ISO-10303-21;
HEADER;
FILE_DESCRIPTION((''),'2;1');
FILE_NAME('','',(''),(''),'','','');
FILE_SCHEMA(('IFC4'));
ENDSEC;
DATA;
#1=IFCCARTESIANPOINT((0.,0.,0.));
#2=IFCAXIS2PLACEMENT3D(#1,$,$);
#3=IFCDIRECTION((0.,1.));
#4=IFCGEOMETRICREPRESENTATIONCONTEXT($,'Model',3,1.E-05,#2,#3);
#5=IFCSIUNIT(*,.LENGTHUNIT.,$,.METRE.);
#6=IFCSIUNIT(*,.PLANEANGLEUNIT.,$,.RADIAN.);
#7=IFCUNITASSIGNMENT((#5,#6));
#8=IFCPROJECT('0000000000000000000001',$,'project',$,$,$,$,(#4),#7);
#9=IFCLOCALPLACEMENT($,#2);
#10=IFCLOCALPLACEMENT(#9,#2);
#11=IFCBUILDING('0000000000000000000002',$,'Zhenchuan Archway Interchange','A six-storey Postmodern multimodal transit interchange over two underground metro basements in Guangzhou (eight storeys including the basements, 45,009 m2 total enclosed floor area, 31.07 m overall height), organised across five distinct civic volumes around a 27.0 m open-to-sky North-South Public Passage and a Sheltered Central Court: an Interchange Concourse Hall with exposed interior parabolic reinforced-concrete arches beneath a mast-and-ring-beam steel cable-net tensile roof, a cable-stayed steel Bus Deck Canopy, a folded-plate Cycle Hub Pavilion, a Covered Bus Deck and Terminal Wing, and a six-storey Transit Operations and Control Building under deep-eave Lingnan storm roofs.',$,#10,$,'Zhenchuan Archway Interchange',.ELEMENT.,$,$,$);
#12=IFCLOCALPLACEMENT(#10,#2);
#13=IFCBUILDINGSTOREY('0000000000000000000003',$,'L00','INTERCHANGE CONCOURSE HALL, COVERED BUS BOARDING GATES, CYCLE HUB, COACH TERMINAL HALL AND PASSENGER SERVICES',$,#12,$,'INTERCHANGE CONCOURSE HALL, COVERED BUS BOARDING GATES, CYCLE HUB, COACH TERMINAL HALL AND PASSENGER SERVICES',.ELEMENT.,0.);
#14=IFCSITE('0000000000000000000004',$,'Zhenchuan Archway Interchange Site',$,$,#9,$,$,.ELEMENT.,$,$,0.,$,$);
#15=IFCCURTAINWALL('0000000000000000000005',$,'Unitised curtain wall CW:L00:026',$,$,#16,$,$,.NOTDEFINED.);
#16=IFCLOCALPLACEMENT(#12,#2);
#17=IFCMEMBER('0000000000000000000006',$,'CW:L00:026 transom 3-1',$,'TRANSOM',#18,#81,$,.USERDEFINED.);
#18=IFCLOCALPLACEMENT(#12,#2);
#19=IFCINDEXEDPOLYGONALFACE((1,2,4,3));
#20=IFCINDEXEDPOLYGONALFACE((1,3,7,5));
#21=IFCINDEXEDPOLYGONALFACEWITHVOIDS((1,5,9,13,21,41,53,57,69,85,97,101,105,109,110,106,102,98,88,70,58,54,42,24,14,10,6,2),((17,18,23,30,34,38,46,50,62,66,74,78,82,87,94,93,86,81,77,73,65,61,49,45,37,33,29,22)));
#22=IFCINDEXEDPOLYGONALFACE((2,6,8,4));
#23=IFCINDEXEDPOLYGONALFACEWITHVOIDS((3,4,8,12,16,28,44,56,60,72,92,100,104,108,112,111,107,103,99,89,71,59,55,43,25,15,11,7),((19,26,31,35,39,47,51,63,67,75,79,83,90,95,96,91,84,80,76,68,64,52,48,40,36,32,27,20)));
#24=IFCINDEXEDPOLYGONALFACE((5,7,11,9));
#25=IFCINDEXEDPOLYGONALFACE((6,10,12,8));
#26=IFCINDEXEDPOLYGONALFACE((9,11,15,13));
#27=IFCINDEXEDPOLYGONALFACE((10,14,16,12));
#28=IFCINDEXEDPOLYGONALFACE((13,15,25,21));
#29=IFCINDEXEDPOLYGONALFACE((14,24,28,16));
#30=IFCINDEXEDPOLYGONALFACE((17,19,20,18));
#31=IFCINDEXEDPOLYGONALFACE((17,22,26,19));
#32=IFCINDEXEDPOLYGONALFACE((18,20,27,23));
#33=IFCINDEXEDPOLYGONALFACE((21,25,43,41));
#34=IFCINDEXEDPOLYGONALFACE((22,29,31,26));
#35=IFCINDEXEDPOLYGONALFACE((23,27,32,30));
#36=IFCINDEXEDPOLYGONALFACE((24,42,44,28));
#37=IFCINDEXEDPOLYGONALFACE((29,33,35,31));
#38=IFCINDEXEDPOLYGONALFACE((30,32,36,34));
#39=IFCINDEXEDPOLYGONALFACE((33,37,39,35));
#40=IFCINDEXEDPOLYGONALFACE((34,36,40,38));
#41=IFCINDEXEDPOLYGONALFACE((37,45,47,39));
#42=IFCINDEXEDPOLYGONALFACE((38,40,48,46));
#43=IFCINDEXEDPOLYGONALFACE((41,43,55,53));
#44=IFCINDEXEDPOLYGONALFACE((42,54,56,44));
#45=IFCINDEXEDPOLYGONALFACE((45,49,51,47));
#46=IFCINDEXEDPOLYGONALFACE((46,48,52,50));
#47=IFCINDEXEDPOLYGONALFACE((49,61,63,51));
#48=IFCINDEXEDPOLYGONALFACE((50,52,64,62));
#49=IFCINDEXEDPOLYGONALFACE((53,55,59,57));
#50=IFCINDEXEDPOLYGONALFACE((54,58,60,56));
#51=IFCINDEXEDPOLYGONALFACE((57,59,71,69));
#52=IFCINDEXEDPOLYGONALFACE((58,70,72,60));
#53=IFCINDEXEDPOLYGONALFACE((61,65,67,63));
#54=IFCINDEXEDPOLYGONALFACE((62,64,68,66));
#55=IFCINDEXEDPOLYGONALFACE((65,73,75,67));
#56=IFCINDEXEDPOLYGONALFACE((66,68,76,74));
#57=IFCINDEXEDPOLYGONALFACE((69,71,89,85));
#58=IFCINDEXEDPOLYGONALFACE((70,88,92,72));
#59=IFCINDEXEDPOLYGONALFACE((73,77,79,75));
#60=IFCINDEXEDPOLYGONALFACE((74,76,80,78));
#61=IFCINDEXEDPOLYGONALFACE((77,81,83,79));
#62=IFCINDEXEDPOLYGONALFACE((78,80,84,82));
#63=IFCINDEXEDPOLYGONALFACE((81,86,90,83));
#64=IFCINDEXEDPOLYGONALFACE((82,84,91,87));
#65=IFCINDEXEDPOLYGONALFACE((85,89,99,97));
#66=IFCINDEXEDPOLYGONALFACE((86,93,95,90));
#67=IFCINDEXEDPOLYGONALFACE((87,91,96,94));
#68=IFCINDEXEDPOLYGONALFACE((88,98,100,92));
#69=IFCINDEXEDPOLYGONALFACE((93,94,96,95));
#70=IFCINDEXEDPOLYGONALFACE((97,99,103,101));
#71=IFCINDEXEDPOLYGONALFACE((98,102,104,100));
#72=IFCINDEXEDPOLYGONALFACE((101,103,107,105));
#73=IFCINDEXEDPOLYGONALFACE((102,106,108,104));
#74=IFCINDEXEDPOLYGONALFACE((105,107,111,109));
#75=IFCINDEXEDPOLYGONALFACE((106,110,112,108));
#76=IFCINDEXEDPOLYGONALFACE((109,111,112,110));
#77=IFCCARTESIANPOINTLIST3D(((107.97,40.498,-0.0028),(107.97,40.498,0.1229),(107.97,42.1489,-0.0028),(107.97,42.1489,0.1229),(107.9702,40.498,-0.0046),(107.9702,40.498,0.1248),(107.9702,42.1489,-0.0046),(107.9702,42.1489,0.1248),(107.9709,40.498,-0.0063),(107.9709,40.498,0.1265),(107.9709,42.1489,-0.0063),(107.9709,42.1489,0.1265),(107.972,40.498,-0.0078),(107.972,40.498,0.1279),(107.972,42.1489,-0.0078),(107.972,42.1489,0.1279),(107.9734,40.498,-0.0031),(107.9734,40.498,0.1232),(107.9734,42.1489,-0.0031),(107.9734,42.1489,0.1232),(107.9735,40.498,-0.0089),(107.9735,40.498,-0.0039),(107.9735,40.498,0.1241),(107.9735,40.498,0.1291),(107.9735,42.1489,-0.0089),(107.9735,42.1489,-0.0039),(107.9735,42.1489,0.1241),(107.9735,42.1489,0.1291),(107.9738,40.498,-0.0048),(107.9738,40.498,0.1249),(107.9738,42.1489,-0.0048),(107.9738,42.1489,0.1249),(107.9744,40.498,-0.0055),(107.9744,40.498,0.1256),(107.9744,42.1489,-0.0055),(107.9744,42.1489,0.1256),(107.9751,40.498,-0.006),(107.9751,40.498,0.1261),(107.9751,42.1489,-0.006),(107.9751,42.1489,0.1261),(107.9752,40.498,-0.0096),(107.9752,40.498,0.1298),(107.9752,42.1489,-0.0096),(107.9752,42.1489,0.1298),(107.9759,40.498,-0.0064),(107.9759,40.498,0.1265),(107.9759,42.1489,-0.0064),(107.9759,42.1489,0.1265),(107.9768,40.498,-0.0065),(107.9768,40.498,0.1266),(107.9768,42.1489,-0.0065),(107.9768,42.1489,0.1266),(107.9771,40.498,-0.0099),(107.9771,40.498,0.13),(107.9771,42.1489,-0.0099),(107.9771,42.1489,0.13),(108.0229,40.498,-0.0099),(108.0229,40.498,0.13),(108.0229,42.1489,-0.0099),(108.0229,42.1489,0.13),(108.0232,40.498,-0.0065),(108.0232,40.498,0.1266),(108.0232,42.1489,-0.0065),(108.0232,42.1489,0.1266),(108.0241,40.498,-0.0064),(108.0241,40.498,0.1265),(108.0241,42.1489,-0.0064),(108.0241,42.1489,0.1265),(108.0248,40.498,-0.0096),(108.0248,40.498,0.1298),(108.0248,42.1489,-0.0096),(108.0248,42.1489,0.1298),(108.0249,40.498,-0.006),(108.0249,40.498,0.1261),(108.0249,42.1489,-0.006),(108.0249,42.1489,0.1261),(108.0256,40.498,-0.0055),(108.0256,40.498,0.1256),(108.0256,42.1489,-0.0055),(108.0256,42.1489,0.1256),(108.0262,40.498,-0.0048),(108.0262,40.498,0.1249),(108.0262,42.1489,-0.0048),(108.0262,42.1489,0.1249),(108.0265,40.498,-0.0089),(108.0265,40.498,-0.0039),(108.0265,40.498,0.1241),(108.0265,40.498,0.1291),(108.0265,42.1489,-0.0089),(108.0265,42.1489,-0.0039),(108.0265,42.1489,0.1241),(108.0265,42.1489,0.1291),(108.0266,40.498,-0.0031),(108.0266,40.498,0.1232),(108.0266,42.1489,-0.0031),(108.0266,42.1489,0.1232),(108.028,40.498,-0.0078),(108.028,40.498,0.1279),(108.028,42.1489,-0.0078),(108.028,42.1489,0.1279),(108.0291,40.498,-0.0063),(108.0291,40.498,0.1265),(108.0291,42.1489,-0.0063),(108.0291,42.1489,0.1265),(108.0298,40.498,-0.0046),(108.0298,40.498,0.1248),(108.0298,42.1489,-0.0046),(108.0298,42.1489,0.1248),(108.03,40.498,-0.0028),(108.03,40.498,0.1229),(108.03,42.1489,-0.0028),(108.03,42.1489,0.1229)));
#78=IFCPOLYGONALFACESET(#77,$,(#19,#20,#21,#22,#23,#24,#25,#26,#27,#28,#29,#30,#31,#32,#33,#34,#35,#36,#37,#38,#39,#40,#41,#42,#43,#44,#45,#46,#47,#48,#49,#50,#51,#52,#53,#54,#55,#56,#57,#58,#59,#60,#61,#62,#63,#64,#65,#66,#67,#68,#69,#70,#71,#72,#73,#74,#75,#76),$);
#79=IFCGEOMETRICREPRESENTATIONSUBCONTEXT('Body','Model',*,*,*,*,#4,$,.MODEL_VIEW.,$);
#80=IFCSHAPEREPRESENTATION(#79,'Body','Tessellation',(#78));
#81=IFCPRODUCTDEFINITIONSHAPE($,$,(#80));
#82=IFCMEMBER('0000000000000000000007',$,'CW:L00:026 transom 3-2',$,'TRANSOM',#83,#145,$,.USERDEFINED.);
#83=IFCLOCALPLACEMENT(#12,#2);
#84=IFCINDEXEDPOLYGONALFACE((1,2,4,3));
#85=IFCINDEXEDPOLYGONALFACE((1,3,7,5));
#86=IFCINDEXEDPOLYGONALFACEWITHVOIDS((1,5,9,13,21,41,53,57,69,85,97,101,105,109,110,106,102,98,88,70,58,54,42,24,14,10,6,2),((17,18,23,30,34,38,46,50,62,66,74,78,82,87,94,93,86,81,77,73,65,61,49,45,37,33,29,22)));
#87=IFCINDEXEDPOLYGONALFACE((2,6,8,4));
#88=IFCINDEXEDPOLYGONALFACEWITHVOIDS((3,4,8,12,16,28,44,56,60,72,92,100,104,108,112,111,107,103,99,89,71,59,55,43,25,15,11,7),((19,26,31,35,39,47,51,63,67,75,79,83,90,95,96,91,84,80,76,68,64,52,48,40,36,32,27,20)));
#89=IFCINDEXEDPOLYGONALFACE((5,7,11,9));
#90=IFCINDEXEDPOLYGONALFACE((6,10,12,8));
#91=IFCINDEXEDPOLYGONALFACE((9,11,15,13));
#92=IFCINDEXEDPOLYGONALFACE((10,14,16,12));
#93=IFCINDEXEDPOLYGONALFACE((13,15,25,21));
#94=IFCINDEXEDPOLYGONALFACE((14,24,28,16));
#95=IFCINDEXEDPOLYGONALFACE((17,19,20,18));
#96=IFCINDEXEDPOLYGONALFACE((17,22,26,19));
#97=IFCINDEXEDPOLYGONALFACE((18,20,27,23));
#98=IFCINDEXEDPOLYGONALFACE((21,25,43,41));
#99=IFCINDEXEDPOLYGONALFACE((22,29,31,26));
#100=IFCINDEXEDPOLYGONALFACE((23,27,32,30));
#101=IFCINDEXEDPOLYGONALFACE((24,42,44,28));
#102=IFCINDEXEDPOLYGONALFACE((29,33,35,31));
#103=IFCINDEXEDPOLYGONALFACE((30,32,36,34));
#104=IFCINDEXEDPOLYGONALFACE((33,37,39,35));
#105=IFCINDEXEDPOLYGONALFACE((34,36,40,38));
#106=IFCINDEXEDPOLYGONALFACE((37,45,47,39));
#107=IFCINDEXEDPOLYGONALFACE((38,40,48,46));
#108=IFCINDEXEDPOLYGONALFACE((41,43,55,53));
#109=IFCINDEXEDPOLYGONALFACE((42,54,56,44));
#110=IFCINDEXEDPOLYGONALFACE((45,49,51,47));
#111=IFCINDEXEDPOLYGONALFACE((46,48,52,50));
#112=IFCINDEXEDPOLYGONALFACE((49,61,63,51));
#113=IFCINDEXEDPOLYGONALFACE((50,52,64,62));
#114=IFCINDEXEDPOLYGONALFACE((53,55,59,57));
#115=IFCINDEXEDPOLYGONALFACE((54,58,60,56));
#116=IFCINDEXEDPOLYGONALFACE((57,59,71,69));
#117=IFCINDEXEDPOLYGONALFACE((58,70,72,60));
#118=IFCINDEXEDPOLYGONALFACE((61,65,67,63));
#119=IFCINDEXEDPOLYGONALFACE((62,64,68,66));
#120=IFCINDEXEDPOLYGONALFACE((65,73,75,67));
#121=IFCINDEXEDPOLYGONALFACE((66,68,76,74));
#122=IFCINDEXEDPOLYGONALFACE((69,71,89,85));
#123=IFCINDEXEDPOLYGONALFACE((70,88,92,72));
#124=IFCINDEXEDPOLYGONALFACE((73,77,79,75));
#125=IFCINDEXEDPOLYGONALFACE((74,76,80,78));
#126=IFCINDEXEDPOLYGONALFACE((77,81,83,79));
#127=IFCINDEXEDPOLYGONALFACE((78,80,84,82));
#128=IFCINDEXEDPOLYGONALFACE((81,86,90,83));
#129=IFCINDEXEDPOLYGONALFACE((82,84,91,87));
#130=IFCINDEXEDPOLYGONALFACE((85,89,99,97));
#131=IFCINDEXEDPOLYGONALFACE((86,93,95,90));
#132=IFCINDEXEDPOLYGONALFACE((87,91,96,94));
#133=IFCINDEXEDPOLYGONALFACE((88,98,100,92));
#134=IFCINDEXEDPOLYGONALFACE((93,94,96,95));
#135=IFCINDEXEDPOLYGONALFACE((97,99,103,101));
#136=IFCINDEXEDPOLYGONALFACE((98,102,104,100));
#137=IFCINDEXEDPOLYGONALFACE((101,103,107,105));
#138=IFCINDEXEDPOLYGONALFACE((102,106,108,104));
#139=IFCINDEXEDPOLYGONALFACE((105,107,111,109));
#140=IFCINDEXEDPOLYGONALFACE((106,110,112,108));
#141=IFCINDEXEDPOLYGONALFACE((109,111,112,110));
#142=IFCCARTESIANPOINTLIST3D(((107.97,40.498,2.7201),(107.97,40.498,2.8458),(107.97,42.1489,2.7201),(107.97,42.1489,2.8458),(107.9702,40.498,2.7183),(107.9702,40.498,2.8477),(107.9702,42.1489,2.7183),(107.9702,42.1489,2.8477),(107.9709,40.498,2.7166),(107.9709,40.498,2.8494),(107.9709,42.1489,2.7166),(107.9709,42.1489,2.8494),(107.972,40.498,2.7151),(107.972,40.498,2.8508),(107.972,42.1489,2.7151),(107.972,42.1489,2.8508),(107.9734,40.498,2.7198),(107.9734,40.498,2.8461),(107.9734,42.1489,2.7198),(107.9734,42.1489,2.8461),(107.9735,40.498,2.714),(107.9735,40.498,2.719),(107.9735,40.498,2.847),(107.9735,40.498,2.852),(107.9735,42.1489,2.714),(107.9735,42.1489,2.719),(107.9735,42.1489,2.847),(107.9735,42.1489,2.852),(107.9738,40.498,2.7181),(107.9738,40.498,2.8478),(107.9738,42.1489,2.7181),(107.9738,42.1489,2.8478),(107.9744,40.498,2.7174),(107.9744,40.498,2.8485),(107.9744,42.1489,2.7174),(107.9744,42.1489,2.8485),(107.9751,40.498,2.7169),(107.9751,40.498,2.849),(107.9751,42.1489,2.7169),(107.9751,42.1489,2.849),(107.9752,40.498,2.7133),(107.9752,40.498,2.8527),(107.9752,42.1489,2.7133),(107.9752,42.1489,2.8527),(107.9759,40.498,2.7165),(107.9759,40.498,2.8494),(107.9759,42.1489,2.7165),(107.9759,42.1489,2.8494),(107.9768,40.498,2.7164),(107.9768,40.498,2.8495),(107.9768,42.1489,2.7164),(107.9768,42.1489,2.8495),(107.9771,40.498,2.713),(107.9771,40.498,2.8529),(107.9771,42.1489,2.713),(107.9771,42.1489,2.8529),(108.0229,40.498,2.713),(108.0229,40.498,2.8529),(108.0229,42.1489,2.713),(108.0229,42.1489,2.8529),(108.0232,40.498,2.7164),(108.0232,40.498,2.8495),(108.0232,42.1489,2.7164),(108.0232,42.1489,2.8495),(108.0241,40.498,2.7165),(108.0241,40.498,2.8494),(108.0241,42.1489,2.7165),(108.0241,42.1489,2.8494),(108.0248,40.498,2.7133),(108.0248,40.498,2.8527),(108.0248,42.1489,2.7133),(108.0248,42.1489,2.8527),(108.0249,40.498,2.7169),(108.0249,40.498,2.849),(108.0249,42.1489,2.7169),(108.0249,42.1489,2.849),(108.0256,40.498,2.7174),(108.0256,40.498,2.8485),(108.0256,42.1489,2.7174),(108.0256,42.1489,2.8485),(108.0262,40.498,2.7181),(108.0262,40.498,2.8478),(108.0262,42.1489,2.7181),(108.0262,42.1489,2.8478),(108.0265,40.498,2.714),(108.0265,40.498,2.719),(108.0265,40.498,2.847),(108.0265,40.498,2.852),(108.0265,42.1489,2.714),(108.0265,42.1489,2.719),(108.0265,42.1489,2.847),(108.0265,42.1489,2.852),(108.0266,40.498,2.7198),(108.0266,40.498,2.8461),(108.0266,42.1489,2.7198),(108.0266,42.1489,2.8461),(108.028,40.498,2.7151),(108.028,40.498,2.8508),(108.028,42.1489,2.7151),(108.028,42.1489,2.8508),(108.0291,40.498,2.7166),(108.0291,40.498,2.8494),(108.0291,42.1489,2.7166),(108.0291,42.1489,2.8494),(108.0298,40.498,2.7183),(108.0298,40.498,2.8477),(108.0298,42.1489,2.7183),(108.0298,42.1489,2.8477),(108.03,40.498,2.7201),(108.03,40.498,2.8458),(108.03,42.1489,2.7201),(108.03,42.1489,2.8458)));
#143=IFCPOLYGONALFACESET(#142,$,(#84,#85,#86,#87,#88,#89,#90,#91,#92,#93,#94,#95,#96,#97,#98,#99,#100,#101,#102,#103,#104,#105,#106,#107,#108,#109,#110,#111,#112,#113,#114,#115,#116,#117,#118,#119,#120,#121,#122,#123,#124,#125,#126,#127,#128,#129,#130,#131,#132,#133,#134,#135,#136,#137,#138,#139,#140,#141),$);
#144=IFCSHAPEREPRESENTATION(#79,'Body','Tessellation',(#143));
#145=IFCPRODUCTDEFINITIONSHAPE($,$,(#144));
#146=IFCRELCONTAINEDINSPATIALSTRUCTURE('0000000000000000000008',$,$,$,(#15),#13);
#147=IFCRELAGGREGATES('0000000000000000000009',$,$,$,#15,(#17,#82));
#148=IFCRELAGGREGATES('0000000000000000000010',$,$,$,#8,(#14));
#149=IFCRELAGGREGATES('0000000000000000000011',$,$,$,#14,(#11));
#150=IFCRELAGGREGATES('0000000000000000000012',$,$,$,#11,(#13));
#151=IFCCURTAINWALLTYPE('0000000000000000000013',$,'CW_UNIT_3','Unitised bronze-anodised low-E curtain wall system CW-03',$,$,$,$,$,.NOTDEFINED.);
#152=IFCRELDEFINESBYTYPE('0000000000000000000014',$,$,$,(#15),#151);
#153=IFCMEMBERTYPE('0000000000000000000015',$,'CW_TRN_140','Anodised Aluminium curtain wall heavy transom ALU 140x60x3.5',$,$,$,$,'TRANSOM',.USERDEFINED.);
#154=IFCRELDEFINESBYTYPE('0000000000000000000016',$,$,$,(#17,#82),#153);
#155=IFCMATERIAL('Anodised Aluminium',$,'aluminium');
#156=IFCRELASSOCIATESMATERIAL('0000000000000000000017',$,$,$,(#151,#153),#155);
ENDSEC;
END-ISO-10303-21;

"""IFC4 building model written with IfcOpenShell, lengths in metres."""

from ifc_helpers import new_model, si_unit, direction, frame, origin, origin_2d, place, context, subcontext, project, spatial, hollow_rectangle, extrude, material, material_profile, profile_set, type_object, element, aggregate, save


model = new_model("IFC4")

# Units and contexts
model_context = context("Model", 3, precision=1e-05, world=origin(), true_north=direction((0.0, 1.0)))
body_context = subcontext(model_context, "Body", "Model", "MODEL_VIEW")
ifc_project = project(units=[si_unit("LENGTHUNIT", "METRE"), si_unit("PLANEANGLEUNIT", "RADIAN")], contexts=[model_context])

# Site, building, storey
site_placement = place(None, origin())
site = spatial("IfcSite", under=ifc_project, at=site_placement, Name="Zhenchuan Archway Interchange Site", CompositionType="ELEMENT", RefElevation=0.0)
building_placement = place(site_placement, origin())
building = spatial("IfcBuilding", under=site, at=building_placement, Name="Zhenchuan Archway Interchange", Description="A six-storey Postmodern multimodal transit interchange over two underground metro basements in Guangzhou (eight storeys including the basements, 45,009 m2 total enclosed floor area, 31.07 m overall height), organised across five distinct civic volumes around a 27.0 m open-to-sky North-South Public Passage and a Sheltered Central Court: an Interchange Concourse Hall with exposed interior parabolic reinforced-concrete arches beneath a mast-and-ring-beam steel cable-net tensile roof, a cable-stayed steel Bus Deck Canopy, a folded-plate Cycle Hub Pavilion, a Covered Bus Deck and Terminal Wing, and a six-storey Transit Operations and Control Building under deep-eave Lingnan storm roofs.", LongName="Zhenchuan Archway Interchange", CompositionType="ELEMENT")
storey_placement = place(building_placement, origin())
storey = spatial("IfcBuildingStorey", under=building, at=storey_placement, Name="L00", Description="INTERCHANGE CONCOURSE HALL, COVERED BUS BOARDING GATES, CYCLE HUB, COACH TERMINAL HALL AND PASSENGER SERVICES", LongName="INTERCHANGE CONCOURSE HALL, COVERED BUS BOARDING GATES, CYCLE HUB, COACH TERMINAL HALL AND PASSENGER SERVICES", CompositionType="ELEMENT", Elevation=0.0)

# Curtain wall, members
ifc_material_1 = material(Name="Anodised Aluminium", Category="aluminium")
curtain_wall_type = type_object("IfcCurtainWallType", Name="CW_UNIT_3", Description="Unitised bronze-anodised low-E curtain wall system CW-03", PredefinedType="NOTDEFINED", material=ifc_material_1)
curtain_wall_placement = place(storey_placement, origin())
curtain_wall = element("IfcCurtainWall", 1, at=curtain_wall_placement, inside=storey, type_object=curtain_wall_type, Name="Unitised curtain wall CW:L00:026", PredefinedType="NOTDEFINED")
ifc_material_profile_1 = material_profile(ifc_material_1, hollow_rectangle(XDim=0.0601, YDim=0.1399, WallThickness=0.0034, InnerFilletRadius=0.0034, OuterFilletRadius=0.0071, at=origin_2d()), Name="ALU 140x60x3.5")
ifc_profile_set_1 = profile_set([ifc_material_profile_1], Name="Anodised Aluminium")
member_type_1 = type_object("IfcMemberType", Name="CW_TRN_140", Description="Anodised Aluminium curtain wall heavy transom ALU 140x60x3.5", ElementType="TRANSOM", PredefinedType="USERDEFINED", material=ifc_profile_set_1)
member_1_placement = place(storey_placement, frame((108.0, 42.1489, 0.0601), z_axis=(0.0, -1.0, 0.0), x_axis=(1.0, 0.0, 0.0)))
member_1 = element("IfcMember", 2, at=member_1_placement, type_object=member_type_1, Name="CW:L00:026 transom 3-1", ObjectType="TRANSOM", PredefinedType="USERDEFINED", context=body_context, shape_type="SweptSolid", body=[
    extrude(hollow_rectangle(XDim=0.0601, YDim=0.1399, WallThickness=0.0034, InnerFilletRadius=0.0034, OuterFilletRadius=0.0071, at=origin_2d()), origin(), (0.0, 0.0, 1.0), 1.6509),
])
member_2_placement = place(storey_placement, frame((108.0, 42.1489, 2.783), z_axis=(0.0, -1.0, 0.0), x_axis=(1.0, 0.0, 0.0)))
member_2 = element("IfcMember", 3, at=member_2_placement, type_object=member_type_1, Name="CW:L00:026 transom 3-2", ObjectType="TRANSOM", PredefinedType="USERDEFINED", context=body_context, shape_type="SweptSolid", body=[
    extrude(hollow_rectangle(XDim=0.0601, YDim=0.1399, WallThickness=0.0034, InnerFilletRadius=0.0034, OuterFilletRadius=0.0071, at=origin_2d()), origin(), (0.0, 0.0, 1.0), 1.6509),
])

aggregate(curtain_wall, [member_1, member_2])

save(model, "model.ifc")
